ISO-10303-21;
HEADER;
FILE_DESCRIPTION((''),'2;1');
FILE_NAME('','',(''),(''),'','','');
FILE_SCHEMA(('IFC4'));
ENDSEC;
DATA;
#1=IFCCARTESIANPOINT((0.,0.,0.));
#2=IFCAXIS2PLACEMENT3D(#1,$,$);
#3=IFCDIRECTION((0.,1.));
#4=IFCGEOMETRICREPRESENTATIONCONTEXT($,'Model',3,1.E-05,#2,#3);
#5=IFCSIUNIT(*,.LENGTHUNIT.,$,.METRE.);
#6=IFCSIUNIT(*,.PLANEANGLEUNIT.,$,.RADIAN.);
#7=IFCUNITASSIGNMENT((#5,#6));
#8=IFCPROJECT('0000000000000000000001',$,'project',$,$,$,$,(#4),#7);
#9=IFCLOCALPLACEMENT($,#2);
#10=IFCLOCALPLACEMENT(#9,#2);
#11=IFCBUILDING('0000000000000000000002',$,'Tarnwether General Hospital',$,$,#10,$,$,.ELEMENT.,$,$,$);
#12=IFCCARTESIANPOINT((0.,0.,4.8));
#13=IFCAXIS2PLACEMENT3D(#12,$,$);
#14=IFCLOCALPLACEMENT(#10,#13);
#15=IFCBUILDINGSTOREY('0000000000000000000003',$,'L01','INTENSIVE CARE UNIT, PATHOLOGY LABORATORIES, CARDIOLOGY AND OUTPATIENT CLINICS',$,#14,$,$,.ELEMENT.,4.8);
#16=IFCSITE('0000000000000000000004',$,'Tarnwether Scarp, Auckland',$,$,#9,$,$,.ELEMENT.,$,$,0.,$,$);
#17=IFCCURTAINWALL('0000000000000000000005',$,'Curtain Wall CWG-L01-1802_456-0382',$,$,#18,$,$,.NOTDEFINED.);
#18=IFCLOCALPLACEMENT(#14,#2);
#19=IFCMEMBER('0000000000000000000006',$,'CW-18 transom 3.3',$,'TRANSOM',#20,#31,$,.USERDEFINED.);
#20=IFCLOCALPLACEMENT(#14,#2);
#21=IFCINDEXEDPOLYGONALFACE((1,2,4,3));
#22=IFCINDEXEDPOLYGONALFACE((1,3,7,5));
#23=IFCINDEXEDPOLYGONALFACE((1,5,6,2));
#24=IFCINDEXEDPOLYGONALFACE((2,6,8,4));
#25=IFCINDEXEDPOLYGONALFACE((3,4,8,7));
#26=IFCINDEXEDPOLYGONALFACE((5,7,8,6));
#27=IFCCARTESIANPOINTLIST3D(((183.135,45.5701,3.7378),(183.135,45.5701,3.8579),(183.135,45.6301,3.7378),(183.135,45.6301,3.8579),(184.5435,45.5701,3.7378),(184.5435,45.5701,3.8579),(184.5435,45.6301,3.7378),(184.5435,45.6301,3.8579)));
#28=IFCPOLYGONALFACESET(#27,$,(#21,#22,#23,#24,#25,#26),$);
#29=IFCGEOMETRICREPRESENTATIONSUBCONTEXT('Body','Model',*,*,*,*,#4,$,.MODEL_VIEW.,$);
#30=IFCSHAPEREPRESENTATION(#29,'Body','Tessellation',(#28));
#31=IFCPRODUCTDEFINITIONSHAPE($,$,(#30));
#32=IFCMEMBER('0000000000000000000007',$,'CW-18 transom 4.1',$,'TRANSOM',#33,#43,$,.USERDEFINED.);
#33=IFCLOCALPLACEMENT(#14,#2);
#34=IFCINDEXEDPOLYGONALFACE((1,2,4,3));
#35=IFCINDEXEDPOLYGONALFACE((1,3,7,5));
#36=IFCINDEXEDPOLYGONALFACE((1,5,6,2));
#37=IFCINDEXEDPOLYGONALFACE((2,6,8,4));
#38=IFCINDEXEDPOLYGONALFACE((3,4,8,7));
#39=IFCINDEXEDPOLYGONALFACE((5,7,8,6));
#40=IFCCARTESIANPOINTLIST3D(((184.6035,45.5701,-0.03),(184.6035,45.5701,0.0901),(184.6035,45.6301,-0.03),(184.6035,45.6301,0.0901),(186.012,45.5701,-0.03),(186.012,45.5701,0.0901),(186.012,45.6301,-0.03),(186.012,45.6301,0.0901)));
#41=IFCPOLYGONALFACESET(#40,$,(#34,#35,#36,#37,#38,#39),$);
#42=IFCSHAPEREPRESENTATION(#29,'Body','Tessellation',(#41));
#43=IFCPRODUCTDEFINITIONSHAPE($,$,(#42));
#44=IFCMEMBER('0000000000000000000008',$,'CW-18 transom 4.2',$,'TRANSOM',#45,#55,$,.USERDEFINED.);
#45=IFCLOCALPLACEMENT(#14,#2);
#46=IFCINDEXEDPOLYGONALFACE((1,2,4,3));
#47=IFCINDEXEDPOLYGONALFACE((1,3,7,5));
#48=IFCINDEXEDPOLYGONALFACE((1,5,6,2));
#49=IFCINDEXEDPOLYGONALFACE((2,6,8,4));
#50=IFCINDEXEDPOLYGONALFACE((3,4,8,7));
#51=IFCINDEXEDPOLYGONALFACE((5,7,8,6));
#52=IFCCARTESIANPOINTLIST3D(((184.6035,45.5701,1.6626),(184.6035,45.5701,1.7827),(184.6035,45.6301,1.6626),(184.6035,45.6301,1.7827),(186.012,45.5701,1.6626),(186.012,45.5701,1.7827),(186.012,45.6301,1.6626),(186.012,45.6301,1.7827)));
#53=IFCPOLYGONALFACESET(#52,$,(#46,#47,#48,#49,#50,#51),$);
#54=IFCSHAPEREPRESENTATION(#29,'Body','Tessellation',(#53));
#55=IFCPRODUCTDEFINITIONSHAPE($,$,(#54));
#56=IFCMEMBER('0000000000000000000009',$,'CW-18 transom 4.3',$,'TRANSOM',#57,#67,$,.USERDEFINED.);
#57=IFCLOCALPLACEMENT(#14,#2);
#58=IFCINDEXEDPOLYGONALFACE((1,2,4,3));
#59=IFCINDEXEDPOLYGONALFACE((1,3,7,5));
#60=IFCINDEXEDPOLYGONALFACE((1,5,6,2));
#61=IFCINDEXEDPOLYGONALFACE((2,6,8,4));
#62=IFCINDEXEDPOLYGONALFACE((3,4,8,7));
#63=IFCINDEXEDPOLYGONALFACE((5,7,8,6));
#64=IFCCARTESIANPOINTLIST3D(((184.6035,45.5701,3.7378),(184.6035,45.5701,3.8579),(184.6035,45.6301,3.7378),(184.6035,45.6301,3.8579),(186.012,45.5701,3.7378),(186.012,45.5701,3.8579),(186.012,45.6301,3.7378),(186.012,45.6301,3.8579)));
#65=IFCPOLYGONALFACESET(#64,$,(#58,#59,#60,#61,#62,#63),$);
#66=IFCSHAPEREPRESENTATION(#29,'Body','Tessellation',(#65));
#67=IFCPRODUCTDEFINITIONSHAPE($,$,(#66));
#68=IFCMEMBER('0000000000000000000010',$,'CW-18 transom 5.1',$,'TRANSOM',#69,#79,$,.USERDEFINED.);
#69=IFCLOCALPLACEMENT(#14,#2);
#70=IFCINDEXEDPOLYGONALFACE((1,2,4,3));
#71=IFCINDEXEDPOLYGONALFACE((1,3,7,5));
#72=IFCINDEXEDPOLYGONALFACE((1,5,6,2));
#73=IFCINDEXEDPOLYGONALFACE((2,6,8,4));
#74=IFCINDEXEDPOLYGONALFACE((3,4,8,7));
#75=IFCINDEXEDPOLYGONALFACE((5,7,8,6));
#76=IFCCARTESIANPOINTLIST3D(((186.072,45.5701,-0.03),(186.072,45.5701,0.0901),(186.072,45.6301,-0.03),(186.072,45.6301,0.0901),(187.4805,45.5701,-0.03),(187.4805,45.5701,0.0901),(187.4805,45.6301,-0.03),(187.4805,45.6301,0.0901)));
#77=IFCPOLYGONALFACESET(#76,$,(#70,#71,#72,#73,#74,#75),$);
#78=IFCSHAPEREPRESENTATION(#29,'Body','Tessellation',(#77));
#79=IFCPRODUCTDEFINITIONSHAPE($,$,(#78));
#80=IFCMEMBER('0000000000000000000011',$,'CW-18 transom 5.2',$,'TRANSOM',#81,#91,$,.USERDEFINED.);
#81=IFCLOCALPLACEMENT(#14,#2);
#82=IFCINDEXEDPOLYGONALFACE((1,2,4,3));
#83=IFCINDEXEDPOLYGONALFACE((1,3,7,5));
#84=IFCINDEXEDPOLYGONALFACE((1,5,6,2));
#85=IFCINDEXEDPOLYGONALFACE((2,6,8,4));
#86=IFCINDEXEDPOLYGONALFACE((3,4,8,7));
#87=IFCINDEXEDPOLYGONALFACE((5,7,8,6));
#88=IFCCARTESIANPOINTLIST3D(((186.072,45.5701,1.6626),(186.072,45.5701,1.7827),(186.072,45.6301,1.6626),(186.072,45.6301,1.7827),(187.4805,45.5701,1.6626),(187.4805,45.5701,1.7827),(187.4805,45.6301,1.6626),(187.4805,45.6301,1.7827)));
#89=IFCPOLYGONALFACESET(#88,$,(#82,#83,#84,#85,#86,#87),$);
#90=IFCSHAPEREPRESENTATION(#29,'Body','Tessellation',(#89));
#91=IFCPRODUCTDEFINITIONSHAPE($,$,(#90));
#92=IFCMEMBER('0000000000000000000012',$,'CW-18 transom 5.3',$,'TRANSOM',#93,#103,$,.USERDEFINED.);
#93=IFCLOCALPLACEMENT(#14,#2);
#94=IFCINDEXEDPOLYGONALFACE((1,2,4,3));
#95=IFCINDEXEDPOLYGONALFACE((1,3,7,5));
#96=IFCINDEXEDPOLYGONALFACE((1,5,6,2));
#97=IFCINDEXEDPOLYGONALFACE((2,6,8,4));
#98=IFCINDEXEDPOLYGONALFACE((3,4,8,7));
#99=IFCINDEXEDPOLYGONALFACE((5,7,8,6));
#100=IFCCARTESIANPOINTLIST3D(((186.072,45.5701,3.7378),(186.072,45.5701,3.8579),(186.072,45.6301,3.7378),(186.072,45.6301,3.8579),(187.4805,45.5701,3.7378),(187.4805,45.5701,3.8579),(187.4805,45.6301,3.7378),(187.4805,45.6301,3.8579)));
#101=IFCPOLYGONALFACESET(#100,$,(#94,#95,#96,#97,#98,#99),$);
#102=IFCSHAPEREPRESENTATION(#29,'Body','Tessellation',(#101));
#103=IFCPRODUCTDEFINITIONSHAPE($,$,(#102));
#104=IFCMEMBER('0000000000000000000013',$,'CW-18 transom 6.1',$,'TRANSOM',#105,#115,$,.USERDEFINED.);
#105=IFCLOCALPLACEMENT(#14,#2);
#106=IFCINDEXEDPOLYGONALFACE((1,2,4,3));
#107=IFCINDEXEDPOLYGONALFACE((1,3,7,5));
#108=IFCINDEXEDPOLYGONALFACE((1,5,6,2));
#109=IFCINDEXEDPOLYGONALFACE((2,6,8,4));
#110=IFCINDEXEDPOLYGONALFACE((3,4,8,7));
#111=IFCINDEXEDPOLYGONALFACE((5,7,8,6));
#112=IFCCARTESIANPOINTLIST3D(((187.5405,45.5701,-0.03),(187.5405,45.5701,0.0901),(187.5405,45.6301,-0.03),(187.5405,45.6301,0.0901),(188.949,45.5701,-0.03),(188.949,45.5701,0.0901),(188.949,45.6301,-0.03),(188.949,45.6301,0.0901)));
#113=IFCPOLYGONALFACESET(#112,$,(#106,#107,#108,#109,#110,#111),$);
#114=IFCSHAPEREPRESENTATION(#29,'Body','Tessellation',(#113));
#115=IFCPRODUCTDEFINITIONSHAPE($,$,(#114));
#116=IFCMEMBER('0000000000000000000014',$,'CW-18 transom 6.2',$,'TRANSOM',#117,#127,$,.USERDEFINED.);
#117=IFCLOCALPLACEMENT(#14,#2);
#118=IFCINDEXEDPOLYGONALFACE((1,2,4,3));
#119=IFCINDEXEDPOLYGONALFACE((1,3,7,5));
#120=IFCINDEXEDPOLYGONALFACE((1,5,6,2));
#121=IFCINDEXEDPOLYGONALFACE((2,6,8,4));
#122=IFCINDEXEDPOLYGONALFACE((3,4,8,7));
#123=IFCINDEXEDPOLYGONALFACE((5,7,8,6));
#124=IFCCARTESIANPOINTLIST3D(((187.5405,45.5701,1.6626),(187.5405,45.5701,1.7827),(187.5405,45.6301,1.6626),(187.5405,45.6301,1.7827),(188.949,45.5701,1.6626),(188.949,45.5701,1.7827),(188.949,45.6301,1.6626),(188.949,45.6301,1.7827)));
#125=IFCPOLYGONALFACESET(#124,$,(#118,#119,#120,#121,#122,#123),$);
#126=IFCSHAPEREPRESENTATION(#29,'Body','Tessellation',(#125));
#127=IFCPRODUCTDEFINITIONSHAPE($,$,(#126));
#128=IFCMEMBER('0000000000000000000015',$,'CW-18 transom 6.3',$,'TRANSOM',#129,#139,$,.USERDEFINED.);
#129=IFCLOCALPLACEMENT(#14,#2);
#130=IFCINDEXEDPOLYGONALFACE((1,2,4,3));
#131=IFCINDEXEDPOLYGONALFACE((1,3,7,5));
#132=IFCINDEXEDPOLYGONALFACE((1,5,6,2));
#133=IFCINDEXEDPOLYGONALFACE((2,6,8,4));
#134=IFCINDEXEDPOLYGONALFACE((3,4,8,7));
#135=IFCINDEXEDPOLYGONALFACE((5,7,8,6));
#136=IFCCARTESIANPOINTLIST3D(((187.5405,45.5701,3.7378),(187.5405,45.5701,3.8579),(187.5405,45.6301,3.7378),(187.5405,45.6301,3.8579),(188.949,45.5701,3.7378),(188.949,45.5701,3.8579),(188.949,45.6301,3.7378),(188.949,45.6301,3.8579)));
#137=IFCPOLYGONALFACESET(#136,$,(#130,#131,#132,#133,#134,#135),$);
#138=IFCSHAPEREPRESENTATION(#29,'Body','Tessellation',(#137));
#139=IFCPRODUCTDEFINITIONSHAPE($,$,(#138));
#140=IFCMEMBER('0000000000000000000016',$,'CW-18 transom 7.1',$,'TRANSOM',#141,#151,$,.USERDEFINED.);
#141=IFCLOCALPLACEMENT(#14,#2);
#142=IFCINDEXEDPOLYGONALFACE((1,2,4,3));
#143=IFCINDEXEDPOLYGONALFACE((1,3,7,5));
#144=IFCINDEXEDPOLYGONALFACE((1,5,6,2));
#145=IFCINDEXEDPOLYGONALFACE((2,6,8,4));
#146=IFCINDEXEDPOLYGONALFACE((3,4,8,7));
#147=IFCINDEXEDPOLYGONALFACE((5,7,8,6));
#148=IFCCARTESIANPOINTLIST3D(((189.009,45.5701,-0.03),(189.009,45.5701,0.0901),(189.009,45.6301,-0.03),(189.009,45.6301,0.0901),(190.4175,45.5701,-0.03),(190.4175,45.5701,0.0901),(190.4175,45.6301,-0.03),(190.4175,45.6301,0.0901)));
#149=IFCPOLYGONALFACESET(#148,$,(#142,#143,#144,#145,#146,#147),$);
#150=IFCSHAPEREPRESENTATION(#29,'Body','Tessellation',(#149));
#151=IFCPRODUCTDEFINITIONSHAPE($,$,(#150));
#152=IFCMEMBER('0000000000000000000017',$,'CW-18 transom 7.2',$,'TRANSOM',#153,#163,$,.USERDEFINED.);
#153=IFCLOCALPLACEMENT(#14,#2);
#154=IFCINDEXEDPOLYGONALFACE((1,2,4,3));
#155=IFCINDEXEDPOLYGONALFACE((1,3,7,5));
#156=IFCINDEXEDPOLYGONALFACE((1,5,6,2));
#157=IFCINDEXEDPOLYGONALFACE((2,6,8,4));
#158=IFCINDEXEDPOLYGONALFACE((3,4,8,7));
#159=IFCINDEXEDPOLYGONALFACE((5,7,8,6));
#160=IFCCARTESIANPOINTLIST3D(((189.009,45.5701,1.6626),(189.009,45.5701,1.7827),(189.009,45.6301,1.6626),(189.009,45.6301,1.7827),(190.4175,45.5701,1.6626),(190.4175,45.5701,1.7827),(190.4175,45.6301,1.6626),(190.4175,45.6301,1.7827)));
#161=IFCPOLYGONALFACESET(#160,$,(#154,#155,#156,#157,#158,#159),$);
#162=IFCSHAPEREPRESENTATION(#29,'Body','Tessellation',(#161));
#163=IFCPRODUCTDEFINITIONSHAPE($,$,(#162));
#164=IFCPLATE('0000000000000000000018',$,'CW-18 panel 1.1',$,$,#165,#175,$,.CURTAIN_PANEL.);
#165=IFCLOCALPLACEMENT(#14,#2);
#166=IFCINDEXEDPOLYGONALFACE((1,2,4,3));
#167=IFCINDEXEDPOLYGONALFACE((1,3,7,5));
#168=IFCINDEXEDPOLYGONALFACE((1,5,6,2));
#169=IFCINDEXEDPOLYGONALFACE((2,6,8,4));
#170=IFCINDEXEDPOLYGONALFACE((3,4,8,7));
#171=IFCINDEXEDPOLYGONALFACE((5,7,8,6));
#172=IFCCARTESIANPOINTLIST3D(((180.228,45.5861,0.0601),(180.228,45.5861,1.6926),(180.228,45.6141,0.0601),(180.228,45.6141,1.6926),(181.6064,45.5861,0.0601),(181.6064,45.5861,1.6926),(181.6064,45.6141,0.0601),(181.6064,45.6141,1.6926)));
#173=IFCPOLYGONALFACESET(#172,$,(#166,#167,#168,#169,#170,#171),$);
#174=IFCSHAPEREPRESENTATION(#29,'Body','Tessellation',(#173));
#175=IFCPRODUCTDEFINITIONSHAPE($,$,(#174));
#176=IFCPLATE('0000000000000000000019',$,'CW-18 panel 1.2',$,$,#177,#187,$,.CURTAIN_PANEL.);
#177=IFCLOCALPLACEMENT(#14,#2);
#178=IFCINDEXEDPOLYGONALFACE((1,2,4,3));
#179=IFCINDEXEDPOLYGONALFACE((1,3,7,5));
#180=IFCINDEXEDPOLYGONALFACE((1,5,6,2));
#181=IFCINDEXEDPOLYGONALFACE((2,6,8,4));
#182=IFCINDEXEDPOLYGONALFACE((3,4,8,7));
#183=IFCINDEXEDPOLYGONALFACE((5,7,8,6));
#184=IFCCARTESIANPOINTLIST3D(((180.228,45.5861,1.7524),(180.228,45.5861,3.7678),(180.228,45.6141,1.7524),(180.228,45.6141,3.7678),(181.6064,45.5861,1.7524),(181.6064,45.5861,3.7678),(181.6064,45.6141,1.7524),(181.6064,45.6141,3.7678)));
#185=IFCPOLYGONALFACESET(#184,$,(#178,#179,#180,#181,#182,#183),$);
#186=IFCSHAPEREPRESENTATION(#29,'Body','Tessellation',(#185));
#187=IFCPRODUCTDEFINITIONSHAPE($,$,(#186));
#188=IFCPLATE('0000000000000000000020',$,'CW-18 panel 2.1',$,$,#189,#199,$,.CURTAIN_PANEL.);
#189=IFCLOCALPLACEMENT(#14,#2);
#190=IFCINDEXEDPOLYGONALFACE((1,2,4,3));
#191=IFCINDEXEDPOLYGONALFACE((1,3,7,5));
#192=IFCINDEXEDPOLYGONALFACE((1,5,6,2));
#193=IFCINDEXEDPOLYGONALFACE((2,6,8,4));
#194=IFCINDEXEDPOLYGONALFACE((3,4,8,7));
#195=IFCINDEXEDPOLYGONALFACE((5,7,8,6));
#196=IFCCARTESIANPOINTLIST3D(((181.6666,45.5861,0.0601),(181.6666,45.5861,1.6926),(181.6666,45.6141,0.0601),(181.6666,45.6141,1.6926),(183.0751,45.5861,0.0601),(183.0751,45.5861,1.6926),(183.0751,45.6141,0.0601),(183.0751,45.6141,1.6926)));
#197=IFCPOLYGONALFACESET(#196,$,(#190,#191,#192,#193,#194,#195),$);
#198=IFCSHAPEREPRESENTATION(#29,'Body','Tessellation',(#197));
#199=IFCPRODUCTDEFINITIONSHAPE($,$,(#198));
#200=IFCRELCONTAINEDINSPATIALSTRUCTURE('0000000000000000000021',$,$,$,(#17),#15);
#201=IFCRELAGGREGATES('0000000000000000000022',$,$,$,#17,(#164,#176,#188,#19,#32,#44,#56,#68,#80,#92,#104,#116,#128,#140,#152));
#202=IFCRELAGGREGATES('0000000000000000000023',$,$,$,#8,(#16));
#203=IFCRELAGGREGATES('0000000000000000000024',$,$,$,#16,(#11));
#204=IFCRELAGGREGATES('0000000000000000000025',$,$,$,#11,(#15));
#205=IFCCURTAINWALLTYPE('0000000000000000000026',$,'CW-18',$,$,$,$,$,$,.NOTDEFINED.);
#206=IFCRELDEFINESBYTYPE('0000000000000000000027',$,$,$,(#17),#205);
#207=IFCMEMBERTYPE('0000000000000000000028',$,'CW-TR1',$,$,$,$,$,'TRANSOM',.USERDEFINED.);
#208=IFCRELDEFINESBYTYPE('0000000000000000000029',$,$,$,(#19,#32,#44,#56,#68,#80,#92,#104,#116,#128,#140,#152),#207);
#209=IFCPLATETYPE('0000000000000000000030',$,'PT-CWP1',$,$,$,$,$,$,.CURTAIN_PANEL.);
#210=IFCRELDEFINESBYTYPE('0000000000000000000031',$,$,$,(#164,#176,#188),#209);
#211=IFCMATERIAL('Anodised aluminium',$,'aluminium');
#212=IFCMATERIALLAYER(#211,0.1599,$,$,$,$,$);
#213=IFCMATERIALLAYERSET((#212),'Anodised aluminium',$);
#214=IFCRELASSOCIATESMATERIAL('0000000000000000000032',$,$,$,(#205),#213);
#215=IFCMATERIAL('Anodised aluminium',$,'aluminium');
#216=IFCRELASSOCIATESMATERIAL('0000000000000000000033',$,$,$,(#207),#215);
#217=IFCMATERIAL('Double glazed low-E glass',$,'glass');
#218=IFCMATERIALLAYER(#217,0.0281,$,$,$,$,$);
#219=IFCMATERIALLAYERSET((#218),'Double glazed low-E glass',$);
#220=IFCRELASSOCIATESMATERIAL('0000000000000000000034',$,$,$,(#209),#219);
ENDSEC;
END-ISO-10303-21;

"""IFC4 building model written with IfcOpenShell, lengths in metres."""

from ifc_helpers import new_model, si_unit, direction, frame, origin, origin_2d, place, context, subcontext, project, spatial, rectangle, extrude, material, layer, layer_set, material_profile, profile_set, type_object, element, aggregate, save


model = new_model("IFC4")

# Units and contexts
model_context = context("Model", 3, precision=1e-05, world=origin(), true_north=direction((0.0, 1.0)))
body_context = subcontext(model_context, "Body", "Model", "MODEL_VIEW")
ifc_project = project(units=[si_unit("LENGTHUNIT", "METRE"), si_unit("PLANEANGLEUNIT", "RADIAN")], contexts=[model_context])

# Site, building, storey
site_placement = place(None, origin())
site = spatial("IfcSite", under=ifc_project, at=site_placement, Name="Tarnwether Scarp, Auckland", CompositionType="ELEMENT", RefElevation=0.0)
building_placement = place(site_placement, origin())
building = spatial("IfcBuilding", under=site, at=building_placement, Name="Tarnwether General Hospital", CompositionType="ELEMENT")
storey_placement = place(building_placement, frame((0.0, 0.0, 4.8)))
storey = spatial("IfcBuildingStorey", under=building, at=storey_placement, Name="L01", Description="INTENSIVE CARE UNIT, PATHOLOGY LABORATORIES, CARDIOLOGY AND OUTPATIENT CLINICS", CompositionType="ELEMENT", Elevation=4.8)

# Curtain wall, members, plates
ifc_material_1 = material(Name="Anodised aluminium", Category="aluminium")
ifc_layer_1 = layer(ifc_material_1, 0.1599)
ifc_layer_set_1 = layer_set([ifc_layer_1], Name="Anodised aluminium")
curtain_wall_type = type_object("IfcCurtainWallType", Name="CW-18", PredefinedType="NOTDEFINED", material=ifc_layer_set_1)
curtain_wall_placement = place(storey_placement, origin())
curtain_wall = element("IfcCurtainWall", 1, at=curtain_wall_placement, inside=storey, type_object=curtain_wall_type, Name="Curtain Wall CWG-L01-1802_456-0382", PredefinedType="NOTDEFINED")
ifc_material_2 = material(Name="Anodised aluminium", Category="aluminium")
ifc_material_profile_1 = material_profile(ifc_material_2, rectangle(XDim=0.0601, YDim=0.1201, at=origin_2d()), Name="ALU-TRN-60x120")
ifc_profile_set_1 = profile_set([ifc_material_profile_1], Name="Anodised aluminium")
member_type_1 = type_object("IfcMemberType", Name="CW-TR1", ElementType="TRANSOM", PredefinedType="USERDEFINED", material=ifc_profile_set_1)
member_1_placement = place(storey_placement, frame((183.135, 45.6001, 3.7979), z_axis=(1.0, 0.0, 0.0), x_axis=(0.0, 1.0, 0.0)))
member_1 = element("IfcMember", 2, at=member_1_placement, type_object=member_type_1, Name="CW-18 transom 3.3", ObjectType="TRANSOM", PredefinedType="USERDEFINED", context=body_context, shape_type="SweptSolid", body=[
    extrude(rectangle(XDim=0.0601, YDim=0.1201, at=origin_2d()), origin(), (0.0, 0.0, 1.0), 1.4084),
])
member_2_placement = place(storey_placement, frame((184.6035, 45.6001, 0.03), z_axis=(1.0, 0.0, 0.0), x_axis=(0.0, 1.0, 0.0)))
member_2 = element("IfcMember", 3, at=member_2_placement, type_object=member_type_1, Name="CW-18 transom 4.1", ObjectType="TRANSOM", PredefinedType="USERDEFINED", context=body_context, shape_type="SweptSolid", body=[
    extrude(rectangle(XDim=0.0601, YDim=0.1201, at=origin_2d()), origin(), (0.0, 0.0, 1.0), 1.4084),
])
member_3_placement = place(storey_placement, frame((184.6035, 45.6001, 1.7227), z_axis=(1.0, 0.0, 0.0), x_axis=(0.0, 1.0, 0.0)))
member_3 = element("IfcMember", 4, at=member_3_placement, type_object=member_type_1, Name="CW-18 transom 4.2", ObjectType="TRANSOM", PredefinedType="USERDEFINED", context=body_context, shape_type="SweptSolid", body=[
    extrude(rectangle(XDim=0.0601, YDim=0.1201, at=origin_2d()), origin(), (0.0, 0.0, 1.0), 1.4084),
])
member_4_placement = place(storey_placement, frame((184.6035, 45.6001, 3.7979), z_axis=(1.0, 0.0, 0.0), x_axis=(0.0, 1.0, 0.0)))
member_4 = element("IfcMember", 5, at=member_4_placement, type_object=member_type_1, Name="CW-18 transom 4.3", ObjectType="TRANSOM", PredefinedType="USERDEFINED", context=body_context, shape_type="SweptSolid", body=[
    extrude(rectangle(XDim=0.0601, YDim=0.1201, at=origin_2d()), origin(), (0.0, 0.0, 1.0), 1.4084),
])
member_5_placement = place(storey_placement, frame((186.072, 45.6001, 0.03), z_axis=(1.0, 0.0, 0.0), x_axis=(0.0, 1.0, 0.0)))
member_5 = element("IfcMember", 6, at=member_5_placement, type_object=member_type_1, Name="CW-18 transom 5.1", ObjectType="TRANSOM", PredefinedType="USERDEFINED", context=body_context, shape_type="SweptSolid", body=[
    extrude(rectangle(XDim=0.0601, YDim=0.1201, at=origin_2d()), origin(), (0.0, 0.0, 1.0), 1.4084),
])
member_6_placement = place(storey_placement, frame((186.072, 45.6001, 1.7227), z_axis=(1.0, 0.0, 0.0), x_axis=(0.0, 1.0, 0.0)))
member_6 = element("IfcMember", 7, at=member_6_placement, type_object=member_type_1, Name="CW-18 transom 5.2", ObjectType="TRANSOM", PredefinedType="USERDEFINED", context=body_context, shape_type="SweptSolid", body=[
    extrude(rectangle(XDim=0.0601, YDim=0.1201, at=origin_2d()), origin(), (0.0, 0.0, 1.0), 1.4084),
])
member_7_placement = place(storey_placement, frame((186.072, 45.6001, 3.7979), z_axis=(1.0, 0.0, 0.0), x_axis=(0.0, 1.0, 0.0)))
member_7 = element("IfcMember", 8, at=member_7_placement, type_object=member_type_1, Name="CW-18 transom 5.3", ObjectType="TRANSOM", PredefinedType="USERDEFINED", context=body_context, shape_type="SweptSolid", body=[
    extrude(rectangle(XDim=0.0601, YDim=0.1201, at=origin_2d()), origin(), (0.0, 0.0, 1.0), 1.4084),
])
member_8_placement = place(storey_placement, frame((187.5405, 45.6001, 0.03), z_axis=(1.0, 0.0, 0.0), x_axis=(0.0, 1.0, 0.0)))
member_8 = element("IfcMember", 9, at=member_8_placement, type_object=member_type_1, Name="CW-18 transom 6.1", ObjectType="TRANSOM", PredefinedType="USERDEFINED", context=body_context, shape_type="SweptSolid", body=[
    extrude(rectangle(XDim=0.0601, YDim=0.1201, at=origin_2d()), origin(), (0.0, 0.0, 1.0), 1.4084),
])
member_9_placement = place(storey_placement, frame((187.5405, 45.6001, 1.7227), z_axis=(1.0, 0.0, 0.0), x_axis=(0.0, 1.0, 0.0)))
member_9 = element("IfcMember", 10, at=member_9_placement, type_object=member_type_1, Name="CW-18 transom 6.2", ObjectType="TRANSOM", PredefinedType="USERDEFINED", context=body_context, shape_type="SweptSolid", body=[
    extrude(rectangle(XDim=0.0601, YDim=0.1201, at=origin_2d()), origin(), (0.0, 0.0, 1.0), 1.4084),
])
member_10_placement = place(storey_placement, frame((187.5405, 45.6001, 3.7979), z_axis=(1.0, 0.0, 0.0), x_axis=(0.0, 1.0, 0.0)))
member_10 = element("IfcMember", 11, at=member_10_placement, type_object=member_type_1, Name="CW-18 transom 6.3", ObjectType="TRANSOM", PredefinedType="USERDEFINED", context=body_context, shape_type="SweptSolid", body=[
    extrude(rectangle(XDim=0.0601, YDim=0.1201, at=origin_2d()), origin(), (0.0, 0.0, 1.0), 1.4084),
])
member_11_placement = place(storey_placement, frame((189.009, 45.6001, 0.03), z_axis=(1.0, 0.0, 0.0), x_axis=(0.0, 1.0, 0.0)))
member_11 = element("IfcMember", 12, at=member_11_placement, type_object=member_type_1, Name="CW-18 transom 7.1", ObjectType="TRANSOM", PredefinedType="USERDEFINED", context=body_context, shape_type="SweptSolid", body=[
    extrude(rectangle(XDim=0.0601, YDim=0.1201, at=origin_2d()), origin(), (0.0, 0.0, 1.0), 1.4084),
])
member_12_placement = place(storey_placement, frame((189.009, 45.6001, 1.7227), z_axis=(1.0, 0.0, 0.0), x_axis=(0.0, 1.0, 0.0)))
member_12 = element("IfcMember", 13, at=member_12_placement, type_object=member_type_1, Name="CW-18 transom 7.2", ObjectType="TRANSOM", PredefinedType="USERDEFINED", context=body_context, shape_type="SweptSolid", body=[
    extrude(rectangle(XDim=0.0601, YDim=0.1201, at=origin_2d()), origin(), (0.0, 0.0, 1.0), 1.4084),
])
ifc_material_3 = material(Name="Double glazed low-E glass", Category="glass")
ifc_layer_2 = layer(ifc_material_3, 0.0281)
ifc_layer_set_2 = layer_set([ifc_layer_2], Name="Double glazed low-E glass")
plate_type = type_object("IfcPlateType", Name="PT-CWP1", PredefinedType="CURTAIN_PANEL", material=ifc_layer_set_2)
plate_1_placement = place(storey_placement, frame((180.9172, 45.6001, 0.0601), z_axis=(0.0, 0.0, 1.0), x_axis=(1.0, 0.0, 0.0)))
plate_1 = element("IfcPlate", 14, at=plate_1_placement, type_object=plate_type, Name="CW-18 panel 1.1", PredefinedType="CURTAIN_PANEL", context=body_context, shape_type="SweptSolid", body=[
    extrude(rectangle(XDim=1.3784, YDim=0.0281, at=origin_2d()), origin(), (0.0, 0.0, 1.0), 1.6326),
])
plate_2_placement = place(storey_placement, frame((180.9172, 45.6001, 1.7524), z_axis=(0.0, 0.0, 1.0), x_axis=(1.0, 0.0, 0.0)))
plate_2 = element("IfcPlate", 15, at=plate_2_placement, type_object=plate_type, Name="CW-18 panel 1.2", PredefinedType="CURTAIN_PANEL", context=body_context, shape_type="SweptSolid", body=[
    extrude(rectangle(XDim=1.3784, YDim=0.0281, at=origin_2d()), origin(), (0.0, 0.0, 1.0), 2.0154),
])
plate_3_placement = place(storey_placement, frame((182.3708, 45.6001, 0.0601), z_axis=(0.0, 0.0, 1.0), x_axis=(1.0, 0.0, 0.0)))
plate_3 = element("IfcPlate", 16, at=plate_3_placement, type_object=plate_type, Name="CW-18 panel 2.1", PredefinedType="CURTAIN_PANEL", context=body_context, shape_type="SweptSolid", body=[
    extrude(rectangle(XDim=1.4084, YDim=0.0281, at=origin_2d()), origin(), (0.0, 0.0, 1.0), 1.6326),
])
aggregate(curtain_wall, [plate_1, plate_2, plate_3, member_1, member_2, member_3, member_4, member_5, member_6, member_7, member_8, member_9, member_10, member_11, member_12])

save(model, "model.ifc")
